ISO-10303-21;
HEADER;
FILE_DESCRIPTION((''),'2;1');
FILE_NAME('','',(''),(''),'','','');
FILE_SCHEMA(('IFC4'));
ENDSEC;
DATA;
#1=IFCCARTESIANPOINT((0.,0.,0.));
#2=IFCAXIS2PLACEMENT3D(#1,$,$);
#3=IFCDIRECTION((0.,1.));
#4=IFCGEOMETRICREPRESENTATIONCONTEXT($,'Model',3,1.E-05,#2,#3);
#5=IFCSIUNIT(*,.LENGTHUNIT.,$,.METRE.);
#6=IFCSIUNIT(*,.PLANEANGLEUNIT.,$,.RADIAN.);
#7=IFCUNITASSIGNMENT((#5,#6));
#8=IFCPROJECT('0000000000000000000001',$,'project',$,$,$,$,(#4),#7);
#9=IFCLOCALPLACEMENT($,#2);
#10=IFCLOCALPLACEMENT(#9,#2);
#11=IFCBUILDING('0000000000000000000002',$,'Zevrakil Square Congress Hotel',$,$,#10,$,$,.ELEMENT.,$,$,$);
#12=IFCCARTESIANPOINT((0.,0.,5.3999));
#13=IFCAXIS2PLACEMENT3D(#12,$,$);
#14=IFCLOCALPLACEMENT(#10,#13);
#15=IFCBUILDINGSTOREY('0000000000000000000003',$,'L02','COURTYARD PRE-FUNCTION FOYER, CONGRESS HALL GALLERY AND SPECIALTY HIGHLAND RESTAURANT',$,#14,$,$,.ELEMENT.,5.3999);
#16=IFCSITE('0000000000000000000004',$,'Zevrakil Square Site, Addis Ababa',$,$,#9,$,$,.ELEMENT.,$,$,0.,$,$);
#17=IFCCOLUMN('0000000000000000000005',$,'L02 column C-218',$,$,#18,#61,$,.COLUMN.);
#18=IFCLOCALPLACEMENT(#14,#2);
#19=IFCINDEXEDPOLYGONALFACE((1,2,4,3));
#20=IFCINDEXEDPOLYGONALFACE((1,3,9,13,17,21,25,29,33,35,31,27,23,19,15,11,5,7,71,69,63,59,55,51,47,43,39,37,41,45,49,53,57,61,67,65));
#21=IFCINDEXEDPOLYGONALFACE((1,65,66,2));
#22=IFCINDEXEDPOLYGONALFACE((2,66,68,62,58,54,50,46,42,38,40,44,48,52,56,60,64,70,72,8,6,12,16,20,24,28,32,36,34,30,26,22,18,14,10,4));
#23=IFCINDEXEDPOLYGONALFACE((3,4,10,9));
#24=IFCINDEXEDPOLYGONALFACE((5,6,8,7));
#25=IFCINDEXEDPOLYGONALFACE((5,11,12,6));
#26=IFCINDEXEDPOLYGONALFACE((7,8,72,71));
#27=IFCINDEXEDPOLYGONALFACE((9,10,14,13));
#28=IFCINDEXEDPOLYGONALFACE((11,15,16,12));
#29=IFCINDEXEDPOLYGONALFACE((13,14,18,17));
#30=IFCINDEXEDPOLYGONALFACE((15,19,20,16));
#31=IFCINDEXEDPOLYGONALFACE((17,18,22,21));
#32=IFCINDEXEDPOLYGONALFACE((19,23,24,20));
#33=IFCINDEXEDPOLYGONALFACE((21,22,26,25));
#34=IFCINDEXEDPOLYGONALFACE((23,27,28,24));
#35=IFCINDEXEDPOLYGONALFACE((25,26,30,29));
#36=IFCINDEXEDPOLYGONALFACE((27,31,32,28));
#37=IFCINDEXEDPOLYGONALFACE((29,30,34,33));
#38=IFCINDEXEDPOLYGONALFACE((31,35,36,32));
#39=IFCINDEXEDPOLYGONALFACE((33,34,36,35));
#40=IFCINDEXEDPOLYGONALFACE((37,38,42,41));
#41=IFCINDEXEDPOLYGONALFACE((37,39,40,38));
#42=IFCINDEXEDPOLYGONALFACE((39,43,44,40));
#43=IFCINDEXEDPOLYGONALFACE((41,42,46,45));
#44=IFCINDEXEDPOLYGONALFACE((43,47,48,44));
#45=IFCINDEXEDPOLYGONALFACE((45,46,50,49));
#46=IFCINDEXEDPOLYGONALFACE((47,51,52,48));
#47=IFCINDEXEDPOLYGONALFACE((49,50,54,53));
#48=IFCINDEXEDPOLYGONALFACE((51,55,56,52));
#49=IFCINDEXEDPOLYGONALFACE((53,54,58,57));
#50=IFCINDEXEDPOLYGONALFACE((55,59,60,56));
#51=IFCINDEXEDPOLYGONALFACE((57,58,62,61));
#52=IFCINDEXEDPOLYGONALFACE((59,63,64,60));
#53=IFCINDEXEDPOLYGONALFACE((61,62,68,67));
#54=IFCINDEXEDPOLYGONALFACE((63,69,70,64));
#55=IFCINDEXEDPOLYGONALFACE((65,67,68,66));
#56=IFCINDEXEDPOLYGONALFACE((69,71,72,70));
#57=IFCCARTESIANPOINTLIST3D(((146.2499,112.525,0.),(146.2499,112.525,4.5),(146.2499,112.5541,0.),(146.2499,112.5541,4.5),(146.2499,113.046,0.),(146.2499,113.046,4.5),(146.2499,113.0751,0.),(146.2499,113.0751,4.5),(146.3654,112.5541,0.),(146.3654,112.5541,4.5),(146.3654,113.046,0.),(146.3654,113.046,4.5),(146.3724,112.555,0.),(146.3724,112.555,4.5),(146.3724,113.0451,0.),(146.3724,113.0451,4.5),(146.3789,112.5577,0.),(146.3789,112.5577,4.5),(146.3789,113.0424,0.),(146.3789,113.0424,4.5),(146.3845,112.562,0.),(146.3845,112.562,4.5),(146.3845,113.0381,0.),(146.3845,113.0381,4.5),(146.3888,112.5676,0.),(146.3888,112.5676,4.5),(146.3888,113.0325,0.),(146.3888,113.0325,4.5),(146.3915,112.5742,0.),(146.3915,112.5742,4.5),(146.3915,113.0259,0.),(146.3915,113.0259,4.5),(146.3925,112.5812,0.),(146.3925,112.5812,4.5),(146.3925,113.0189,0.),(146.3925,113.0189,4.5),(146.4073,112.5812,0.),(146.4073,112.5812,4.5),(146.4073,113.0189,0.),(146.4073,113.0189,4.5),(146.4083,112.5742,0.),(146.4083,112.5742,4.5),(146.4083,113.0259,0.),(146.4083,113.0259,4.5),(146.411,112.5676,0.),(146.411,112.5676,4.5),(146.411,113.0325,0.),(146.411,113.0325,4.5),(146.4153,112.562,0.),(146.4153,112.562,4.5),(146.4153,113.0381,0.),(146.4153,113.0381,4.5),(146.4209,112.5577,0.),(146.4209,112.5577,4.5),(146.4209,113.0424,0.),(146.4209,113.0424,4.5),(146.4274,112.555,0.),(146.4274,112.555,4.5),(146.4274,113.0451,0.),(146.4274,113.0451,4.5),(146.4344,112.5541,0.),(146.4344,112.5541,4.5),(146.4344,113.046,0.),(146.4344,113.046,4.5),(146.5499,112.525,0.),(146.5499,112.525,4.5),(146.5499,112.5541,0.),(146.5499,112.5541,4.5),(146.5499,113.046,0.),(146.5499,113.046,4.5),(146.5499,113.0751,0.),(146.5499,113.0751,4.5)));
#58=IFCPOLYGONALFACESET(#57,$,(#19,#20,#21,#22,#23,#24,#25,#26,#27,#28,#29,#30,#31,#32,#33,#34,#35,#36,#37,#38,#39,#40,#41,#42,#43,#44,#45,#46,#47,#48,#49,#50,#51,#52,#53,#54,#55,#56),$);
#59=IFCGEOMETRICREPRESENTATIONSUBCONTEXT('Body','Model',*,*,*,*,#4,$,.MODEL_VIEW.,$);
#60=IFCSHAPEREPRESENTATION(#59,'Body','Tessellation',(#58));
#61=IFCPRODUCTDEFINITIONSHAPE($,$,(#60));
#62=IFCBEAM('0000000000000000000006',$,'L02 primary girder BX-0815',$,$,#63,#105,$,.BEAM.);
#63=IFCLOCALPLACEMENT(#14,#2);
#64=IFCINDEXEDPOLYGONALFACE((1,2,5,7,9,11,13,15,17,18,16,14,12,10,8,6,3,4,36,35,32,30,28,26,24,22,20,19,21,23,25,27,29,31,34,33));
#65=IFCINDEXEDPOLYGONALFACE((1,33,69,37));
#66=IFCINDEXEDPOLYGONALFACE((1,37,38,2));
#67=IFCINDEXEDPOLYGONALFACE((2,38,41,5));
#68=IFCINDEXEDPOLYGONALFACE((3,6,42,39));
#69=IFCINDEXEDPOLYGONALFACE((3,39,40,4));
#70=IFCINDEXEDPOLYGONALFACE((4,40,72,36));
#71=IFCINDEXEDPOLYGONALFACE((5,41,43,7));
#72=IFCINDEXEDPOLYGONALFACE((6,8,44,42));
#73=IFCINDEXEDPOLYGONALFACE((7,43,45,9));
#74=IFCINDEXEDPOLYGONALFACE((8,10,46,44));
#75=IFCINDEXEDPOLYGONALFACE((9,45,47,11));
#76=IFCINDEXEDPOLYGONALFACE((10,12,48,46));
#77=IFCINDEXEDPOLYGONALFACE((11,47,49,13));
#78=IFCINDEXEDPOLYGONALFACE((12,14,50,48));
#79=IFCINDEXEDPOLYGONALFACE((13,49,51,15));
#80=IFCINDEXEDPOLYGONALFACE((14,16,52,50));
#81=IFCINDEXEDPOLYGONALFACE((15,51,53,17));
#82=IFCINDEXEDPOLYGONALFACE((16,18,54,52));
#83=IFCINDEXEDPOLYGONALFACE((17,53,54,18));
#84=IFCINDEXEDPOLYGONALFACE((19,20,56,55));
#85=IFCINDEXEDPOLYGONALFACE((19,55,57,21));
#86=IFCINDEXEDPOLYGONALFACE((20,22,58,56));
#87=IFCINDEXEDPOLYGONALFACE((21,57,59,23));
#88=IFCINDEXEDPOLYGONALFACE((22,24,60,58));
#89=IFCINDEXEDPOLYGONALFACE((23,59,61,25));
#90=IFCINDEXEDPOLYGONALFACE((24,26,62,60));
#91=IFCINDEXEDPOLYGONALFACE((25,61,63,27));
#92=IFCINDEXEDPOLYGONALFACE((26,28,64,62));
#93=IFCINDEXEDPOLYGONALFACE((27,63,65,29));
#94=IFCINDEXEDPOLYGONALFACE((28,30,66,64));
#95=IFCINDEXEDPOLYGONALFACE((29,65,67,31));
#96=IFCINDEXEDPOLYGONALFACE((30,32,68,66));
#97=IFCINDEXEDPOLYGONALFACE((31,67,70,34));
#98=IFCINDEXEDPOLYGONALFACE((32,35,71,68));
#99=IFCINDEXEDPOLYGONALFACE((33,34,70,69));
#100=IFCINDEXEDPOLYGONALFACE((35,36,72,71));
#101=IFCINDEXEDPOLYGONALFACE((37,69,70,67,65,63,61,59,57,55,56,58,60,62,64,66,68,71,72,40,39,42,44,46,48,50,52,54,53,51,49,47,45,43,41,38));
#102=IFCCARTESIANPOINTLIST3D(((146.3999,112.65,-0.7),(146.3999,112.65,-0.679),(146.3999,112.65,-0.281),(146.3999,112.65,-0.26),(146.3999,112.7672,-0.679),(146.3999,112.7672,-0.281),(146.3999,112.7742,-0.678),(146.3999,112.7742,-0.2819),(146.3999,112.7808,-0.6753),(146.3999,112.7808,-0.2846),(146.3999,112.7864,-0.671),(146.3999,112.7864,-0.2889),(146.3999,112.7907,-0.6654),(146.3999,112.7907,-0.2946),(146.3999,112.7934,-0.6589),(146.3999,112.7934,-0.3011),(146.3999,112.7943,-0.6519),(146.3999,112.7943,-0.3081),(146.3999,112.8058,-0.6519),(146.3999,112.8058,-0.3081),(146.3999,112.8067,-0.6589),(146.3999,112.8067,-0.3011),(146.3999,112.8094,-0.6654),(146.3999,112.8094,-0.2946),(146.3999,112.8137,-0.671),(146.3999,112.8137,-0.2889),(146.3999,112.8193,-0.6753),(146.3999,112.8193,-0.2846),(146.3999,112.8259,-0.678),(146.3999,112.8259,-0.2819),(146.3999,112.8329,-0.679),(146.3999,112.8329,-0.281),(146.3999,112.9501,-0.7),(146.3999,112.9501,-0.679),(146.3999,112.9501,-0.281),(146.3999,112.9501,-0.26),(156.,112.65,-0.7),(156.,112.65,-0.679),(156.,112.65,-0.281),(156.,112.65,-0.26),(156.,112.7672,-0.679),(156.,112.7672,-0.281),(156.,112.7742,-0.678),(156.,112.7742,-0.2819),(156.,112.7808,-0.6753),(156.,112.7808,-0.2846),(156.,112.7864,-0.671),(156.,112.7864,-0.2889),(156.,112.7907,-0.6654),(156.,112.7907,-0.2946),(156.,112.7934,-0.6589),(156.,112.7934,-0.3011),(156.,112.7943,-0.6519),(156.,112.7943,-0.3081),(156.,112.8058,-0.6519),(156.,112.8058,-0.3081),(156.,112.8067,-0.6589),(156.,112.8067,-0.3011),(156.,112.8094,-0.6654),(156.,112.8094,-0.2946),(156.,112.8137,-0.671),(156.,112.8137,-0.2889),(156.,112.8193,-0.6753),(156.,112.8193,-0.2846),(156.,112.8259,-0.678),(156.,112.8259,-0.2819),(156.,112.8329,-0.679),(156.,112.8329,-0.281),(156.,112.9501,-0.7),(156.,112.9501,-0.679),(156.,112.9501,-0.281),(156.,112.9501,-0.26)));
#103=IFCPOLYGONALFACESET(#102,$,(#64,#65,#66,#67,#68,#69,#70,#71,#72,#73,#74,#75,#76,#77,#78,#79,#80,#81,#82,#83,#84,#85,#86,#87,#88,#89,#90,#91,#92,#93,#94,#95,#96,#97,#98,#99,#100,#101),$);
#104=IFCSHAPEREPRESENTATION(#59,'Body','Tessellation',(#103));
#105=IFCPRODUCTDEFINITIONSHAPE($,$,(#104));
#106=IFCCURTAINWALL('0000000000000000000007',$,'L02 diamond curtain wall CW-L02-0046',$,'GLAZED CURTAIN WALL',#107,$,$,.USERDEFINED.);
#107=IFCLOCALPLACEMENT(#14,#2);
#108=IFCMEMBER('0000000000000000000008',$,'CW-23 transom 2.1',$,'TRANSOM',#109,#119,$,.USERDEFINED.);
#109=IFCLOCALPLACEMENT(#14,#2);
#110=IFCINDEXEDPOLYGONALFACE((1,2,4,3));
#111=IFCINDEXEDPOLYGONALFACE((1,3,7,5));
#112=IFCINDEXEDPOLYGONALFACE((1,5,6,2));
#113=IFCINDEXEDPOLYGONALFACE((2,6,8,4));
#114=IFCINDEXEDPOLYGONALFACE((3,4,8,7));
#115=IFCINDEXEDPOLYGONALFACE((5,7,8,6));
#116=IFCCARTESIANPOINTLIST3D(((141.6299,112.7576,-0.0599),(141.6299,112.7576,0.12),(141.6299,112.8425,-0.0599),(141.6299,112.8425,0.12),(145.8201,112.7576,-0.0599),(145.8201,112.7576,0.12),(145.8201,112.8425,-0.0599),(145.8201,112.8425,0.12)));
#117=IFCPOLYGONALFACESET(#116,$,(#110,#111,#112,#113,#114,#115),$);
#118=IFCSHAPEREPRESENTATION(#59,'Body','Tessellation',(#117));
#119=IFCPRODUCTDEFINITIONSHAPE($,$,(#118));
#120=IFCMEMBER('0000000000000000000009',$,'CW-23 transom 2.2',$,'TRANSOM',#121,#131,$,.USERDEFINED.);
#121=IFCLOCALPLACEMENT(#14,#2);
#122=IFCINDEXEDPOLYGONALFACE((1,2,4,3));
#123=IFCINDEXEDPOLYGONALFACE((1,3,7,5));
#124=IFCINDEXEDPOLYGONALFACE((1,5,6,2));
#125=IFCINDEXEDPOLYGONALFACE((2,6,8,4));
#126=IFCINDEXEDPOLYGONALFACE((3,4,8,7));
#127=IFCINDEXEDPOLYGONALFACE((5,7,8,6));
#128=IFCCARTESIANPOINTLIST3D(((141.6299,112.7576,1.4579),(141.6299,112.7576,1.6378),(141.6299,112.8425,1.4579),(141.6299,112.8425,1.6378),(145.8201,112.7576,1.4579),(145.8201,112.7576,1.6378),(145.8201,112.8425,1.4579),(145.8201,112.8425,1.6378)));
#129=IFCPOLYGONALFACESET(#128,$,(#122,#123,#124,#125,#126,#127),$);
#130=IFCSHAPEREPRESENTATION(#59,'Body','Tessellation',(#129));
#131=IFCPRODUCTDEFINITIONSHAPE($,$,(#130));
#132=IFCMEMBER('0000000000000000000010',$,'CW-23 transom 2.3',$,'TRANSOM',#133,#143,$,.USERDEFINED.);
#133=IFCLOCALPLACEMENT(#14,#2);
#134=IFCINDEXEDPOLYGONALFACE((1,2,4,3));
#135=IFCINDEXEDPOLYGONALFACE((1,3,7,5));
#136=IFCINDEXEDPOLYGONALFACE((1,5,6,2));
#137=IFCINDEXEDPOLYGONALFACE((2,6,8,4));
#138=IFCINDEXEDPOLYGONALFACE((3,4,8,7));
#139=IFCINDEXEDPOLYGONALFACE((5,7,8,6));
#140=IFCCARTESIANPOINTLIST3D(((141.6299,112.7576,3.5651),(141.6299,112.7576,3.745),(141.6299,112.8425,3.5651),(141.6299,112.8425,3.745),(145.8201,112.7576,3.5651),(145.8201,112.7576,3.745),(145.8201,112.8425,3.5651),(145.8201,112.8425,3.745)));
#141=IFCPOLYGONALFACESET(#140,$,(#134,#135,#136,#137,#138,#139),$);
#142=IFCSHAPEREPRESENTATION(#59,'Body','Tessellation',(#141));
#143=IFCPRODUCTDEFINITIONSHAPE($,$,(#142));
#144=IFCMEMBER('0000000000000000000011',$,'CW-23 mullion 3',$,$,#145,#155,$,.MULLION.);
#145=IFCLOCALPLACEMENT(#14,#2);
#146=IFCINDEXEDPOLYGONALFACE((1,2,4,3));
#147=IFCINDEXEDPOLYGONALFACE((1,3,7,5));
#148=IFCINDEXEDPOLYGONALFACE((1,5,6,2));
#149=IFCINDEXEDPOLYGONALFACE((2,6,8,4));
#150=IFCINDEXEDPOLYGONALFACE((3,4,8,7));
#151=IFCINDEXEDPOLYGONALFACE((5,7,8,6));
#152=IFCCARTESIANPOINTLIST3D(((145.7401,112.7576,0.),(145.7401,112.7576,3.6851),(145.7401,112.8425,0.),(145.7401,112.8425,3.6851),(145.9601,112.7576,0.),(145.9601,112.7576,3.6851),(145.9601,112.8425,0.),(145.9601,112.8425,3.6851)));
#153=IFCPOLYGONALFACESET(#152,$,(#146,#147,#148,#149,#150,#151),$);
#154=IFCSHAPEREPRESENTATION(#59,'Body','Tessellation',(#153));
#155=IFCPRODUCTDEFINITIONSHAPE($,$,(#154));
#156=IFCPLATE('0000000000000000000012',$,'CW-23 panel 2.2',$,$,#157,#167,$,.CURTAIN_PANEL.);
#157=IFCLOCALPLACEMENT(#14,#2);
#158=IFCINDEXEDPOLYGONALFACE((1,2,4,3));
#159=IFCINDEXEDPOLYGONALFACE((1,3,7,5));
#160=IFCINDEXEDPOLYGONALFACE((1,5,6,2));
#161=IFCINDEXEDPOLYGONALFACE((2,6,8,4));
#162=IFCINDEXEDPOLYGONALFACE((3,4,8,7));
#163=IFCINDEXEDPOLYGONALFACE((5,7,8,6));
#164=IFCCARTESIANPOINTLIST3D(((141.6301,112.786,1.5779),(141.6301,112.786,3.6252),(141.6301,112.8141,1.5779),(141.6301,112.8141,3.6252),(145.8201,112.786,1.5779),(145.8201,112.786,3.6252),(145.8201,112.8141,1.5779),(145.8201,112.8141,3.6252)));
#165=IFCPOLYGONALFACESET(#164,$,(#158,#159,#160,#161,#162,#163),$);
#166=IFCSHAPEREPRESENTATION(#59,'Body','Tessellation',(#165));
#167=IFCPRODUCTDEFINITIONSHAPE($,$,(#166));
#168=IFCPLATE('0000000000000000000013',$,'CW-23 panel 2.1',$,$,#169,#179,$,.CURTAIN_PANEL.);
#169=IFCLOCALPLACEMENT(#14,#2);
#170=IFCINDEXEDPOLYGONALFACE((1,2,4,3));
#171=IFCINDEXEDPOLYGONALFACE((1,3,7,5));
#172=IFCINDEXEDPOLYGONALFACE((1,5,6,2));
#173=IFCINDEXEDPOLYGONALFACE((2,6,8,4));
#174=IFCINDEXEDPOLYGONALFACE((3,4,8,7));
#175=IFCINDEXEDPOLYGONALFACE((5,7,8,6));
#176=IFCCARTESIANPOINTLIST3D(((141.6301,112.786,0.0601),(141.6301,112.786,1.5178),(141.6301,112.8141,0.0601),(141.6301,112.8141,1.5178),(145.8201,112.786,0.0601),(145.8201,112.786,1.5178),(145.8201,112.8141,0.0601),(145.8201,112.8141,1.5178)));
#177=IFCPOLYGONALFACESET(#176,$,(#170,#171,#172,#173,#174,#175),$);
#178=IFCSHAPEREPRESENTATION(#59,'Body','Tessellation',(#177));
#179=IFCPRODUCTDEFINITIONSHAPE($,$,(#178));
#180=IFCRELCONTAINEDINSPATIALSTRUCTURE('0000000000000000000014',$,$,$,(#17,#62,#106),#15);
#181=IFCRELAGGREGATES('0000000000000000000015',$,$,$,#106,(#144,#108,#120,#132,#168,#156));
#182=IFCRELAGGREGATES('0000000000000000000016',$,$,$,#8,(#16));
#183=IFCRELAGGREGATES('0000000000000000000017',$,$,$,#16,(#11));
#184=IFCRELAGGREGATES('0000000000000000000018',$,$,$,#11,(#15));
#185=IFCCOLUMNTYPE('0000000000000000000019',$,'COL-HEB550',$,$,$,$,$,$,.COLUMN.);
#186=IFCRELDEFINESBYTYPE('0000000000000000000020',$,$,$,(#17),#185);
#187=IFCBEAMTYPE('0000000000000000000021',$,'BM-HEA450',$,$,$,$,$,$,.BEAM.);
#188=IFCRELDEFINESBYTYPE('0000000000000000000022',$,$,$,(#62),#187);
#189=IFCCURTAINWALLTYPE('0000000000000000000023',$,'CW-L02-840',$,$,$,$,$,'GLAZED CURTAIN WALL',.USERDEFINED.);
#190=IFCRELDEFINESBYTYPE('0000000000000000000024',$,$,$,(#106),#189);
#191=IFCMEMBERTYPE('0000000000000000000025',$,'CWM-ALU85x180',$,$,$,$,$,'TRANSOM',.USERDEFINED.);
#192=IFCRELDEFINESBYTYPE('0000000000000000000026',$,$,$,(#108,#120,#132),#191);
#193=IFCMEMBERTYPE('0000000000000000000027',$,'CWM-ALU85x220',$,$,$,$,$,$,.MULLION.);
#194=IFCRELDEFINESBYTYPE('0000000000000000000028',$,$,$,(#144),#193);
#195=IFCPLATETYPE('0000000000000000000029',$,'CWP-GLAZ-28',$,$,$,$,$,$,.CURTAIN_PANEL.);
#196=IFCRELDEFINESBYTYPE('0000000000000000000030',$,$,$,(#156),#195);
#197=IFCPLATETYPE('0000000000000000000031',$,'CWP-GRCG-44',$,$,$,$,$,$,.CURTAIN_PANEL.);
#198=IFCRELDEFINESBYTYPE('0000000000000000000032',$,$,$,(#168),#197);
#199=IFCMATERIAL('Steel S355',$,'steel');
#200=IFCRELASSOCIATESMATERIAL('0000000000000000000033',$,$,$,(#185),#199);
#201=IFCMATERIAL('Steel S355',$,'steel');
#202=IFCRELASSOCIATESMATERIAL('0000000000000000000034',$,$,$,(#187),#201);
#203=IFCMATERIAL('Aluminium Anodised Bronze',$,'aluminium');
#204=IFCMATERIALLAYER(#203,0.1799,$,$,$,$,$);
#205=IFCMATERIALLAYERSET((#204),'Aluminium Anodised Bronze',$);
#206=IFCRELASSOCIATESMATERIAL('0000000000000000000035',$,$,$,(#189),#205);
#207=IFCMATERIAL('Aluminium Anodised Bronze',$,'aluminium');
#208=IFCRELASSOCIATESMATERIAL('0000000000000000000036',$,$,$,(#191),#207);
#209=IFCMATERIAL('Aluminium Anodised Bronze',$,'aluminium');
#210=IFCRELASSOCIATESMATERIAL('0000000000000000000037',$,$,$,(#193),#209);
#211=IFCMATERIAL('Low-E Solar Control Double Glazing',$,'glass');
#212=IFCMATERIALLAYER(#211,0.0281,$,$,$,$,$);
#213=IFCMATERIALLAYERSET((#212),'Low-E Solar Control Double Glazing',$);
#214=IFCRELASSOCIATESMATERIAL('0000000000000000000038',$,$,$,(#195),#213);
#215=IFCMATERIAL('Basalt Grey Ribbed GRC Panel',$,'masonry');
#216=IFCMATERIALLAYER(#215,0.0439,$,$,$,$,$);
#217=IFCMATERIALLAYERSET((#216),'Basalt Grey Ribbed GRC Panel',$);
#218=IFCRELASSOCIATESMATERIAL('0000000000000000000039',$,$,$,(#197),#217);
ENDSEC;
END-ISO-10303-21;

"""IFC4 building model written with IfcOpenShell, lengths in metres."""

from ifc_helpers import new_model, si_unit, direction, frame, origin, origin_2d, place, context, subcontext, project, spatial, rectangle, i_section, extrude, material, layer, layer_set, material_profile, profile_set, type_object, element, aggregate, save


model = new_model("IFC4")

# Units and contexts
model_context = context("Model", 3, precision=1e-05, world=origin(), true_north=direction((0.0, 1.0)))
body_context = subcontext(model_context, "Body", "Model", "MODEL_VIEW")
ifc_project = project(units=[si_unit("LENGTHUNIT", "METRE"), si_unit("PLANEANGLEUNIT", "RADIAN")], contexts=[model_context])

# Site, building, storey
site_placement = place(None, origin())
site = spatial("IfcSite", under=ifc_project, at=site_placement, Name="Zevrakil Square Site, Addis Ababa", CompositionType="ELEMENT", RefElevation=0.0)
building_placement = place(site_placement, origin())
building = spatial("IfcBuilding", under=site, at=building_placement, Name="Zevrakil Square Congress Hotel", CompositionType="ELEMENT")
storey_placement = place(building_placement, frame((0.0, 0.0, 5.3999)))
storey = spatial("IfcBuildingStorey", under=building, at=storey_placement, Name="L02", Description="COURTYARD PRE-FUNCTION FOYER, CONGRESS HALL GALLERY AND SPECIALTY HIGHLAND RESTAURANT", CompositionType="ELEMENT", Elevation=5.3999)

# Column
ifc_material_1 = material(Name="Steel S355", Category="steel")
ifc_material_profile_1 = material_profile(ifc_material_1, i_section(OverallWidth=0.3, OverallDepth=0.55, WebThickness=0.0149, FlangeThickness=0.0291, FilletRadius=0.0271, at=origin_2d()), Name="HEB 550")
ifc_profile_set_1 = profile_set([ifc_material_profile_1], Name="Steel S355")
column_type = type_object("IfcColumnType", Name="COL-HEB550", PredefinedType="COLUMN", material=ifc_profile_set_1)
column_placement = place(storey_placement, frame((146.3999, 112.8, 0.0), z_axis=(0.0, 0.0, 1.0), x_axis=(1.0, 0.0, 0.0)))
element("IfcColumn", 1, at=column_placement, inside=storey, type_object=column_type, Name="L02 column C-218", PredefinedType="COLUMN", context=body_context, shape_type="SweptSolid", body=[
    extrude(i_section(OverallWidth=0.3, OverallDepth=0.55, WebThickness=0.0149, FlangeThickness=0.0291, FilletRadius=0.0271, at=origin_2d()), origin(), (0.0, 0.0, 1.0), 4.5),
])

# Beam
ifc_material_2 = material(Name="Steel S355", Category="steel")
ifc_material_profile_2 = material_profile(ifc_material_2, i_section(OverallWidth=0.3, OverallDepth=0.4399, WebThickness=0.0115, FlangeThickness=0.021, FilletRadius=0.0271, at=origin_2d()), Name="HEA 450")
ifc_profile_set_2 = profile_set([ifc_material_profile_2], Name="Steel S355")
beam_type = type_object("IfcBeamType", Name="BM-HEA450", PredefinedType="BEAM", material=ifc_profile_set_2)
beam_placement = place(storey_placement, frame((146.3999, 112.8, -0.48), z_axis=(1.0, 0.0, 0.0), x_axis=(0.0, 1.0, 0.0)))
element("IfcBeam", 2, at=beam_placement, inside=storey, type_object=beam_type, Name="L02 primary girder BX-0815", PredefinedType="BEAM", context=body_context, shape_type="SweptSolid", body=[
    extrude(i_section(OverallWidth=0.3, OverallDepth=0.4399, WebThickness=0.0115, FlangeThickness=0.021, FilletRadius=0.0271, at=origin_2d()), origin(), (0.0, 0.0, 1.0), 9.6001),
])

# Curtain wall, members, plates
ifc_material_3 = material(Name="Aluminium Anodised Bronze", Category="aluminium")
ifc_layer_1 = layer(ifc_material_3, 0.1799)
ifc_layer_set_1 = layer_set([ifc_layer_1], Name="Aluminium Anodised Bronze")
curtain_wall_type = type_object("IfcCurtainWallType", Name="CW-L02-840", ElementType="GLAZED CURTAIN WALL", PredefinedType="USERDEFINED", material=ifc_layer_set_1)
curtain_wall_placement = place(storey_placement, origin())
curtain_wall = element("IfcCurtainWall", 3, at=curtain_wall_placement, inside=storey, type_object=curtain_wall_type, Name="L02 diamond curtain wall CW-L02-0046", ObjectType="GLAZED CURTAIN WALL", PredefinedType="USERDEFINED")
ifc_material_4 = material(Name="Aluminium Anodised Bronze", Category="aluminium")
ifc_material_profile_3 = material_profile(ifc_material_4, rectangle(XDim=0.085, YDim=0.1799, at=origin_2d()), Name="ALU 85x180")
ifc_profile_set_3 = profile_set([ifc_material_profile_3], Name="Aluminium Anodised Bronze")
member_type_1 = type_object("IfcMemberType", Name="CWM-ALU85x180", ElementType="TRANSOM", PredefinedType="USERDEFINED", material=ifc_profile_set_3)
member_1_placement = place(storey_placement, frame((141.6299, 112.8, 0.03), z_axis=(1.0, 0.0, 0.0), x_axis=(0.0, 1.0, 0.0)))
member_1 = element("IfcMember", 4, at=member_1_placement, type_object=member_type_1, Name="CW-23 transom 2.1", ObjectType="TRANSOM", PredefinedType="USERDEFINED", context=body_context, shape_type="SweptSolid", body=[
    extrude(rectangle(XDim=0.085, YDim=0.1799, at=origin_2d()), origin(), (0.0, 0.0, 1.0), 4.1902),
])
member_2_placement = place(storey_placement, frame((141.6299, 112.8, 1.5479), z_axis=(1.0, 0.0, 0.0), x_axis=(0.0, 1.0, 0.0)))
member_2 = element("IfcMember", 5, at=member_2_placement, type_object=member_type_1, Name="CW-23 transom 2.2", ObjectType="TRANSOM", PredefinedType="USERDEFINED", context=body_context, shape_type="SweptSolid", body=[
    extrude(rectangle(XDim=0.085, YDim=0.1799, at=origin_2d()), origin(), (0.0, 0.0, 1.0), 4.1902),
])
member_3_placement = place(storey_placement, frame((141.6299, 112.8, 3.655), z_axis=(1.0, 0.0, 0.0), x_axis=(0.0, 1.0, 0.0)))
member_3 = element("IfcMember", 6, at=member_3_placement, type_object=member_type_1, Name="CW-23 transom 2.3", ObjectType="TRANSOM", PredefinedType="USERDEFINED", context=body_context, shape_type="SweptSolid", body=[
    extrude(rectangle(XDim=0.085, YDim=0.1799, at=origin_2d()), origin(), (0.0, 0.0, 1.0), 4.1902),
])
ifc_material_5 = material(Name="Aluminium Anodised Bronze", Category="aluminium")
ifc_material_profile_4 = material_profile(ifc_material_5, rectangle(XDim=0.085, YDim=0.22, at=origin_2d()), Name="ALU 85x220")
ifc_profile_set_4 = profile_set([ifc_material_profile_4], Name="Aluminium Anodised Bronze")
member_type_2 = type_object("IfcMemberType", Name="CWM-ALU85x220", PredefinedType="MULLION", material=ifc_profile_set_4)
member_4_placement = place(storey_placement, frame((145.8501, 112.8, 0.0), z_axis=(0.0, 0.0, 1.0), x_axis=(0.0, 1.0, 0.0)))
member_4 = element("IfcMember", 7, at=member_4_placement, type_object=member_type_2, Name="CW-23 mullion 3", PredefinedType="MULLION", context=body_context, shape_type="SweptSolid", body=[
    extrude(rectangle(XDim=0.085, YDim=0.22, at=origin_2d()), origin(), (0.0, 0.0, 1.0), 3.6851),
])
ifc_material_6 = material(Name="Low-E Solar Control Double Glazing", Category="glass")
ifc_layer_2 = layer(ifc_material_6, 0.0281)
ifc_layer_set_2 = layer_set([ifc_layer_2], Name="Low-E Solar Control Double Glazing")
plate_type_1 = type_object("IfcPlateType", Name="CWP-GLAZ-28", PredefinedType="CURTAIN_PANEL", material=ifc_layer_set_2)
plate_1_placement = place(storey_placement, frame((143.7251, 112.8, 1.5779), z_axis=(0.0, 0.0, 1.0), x_axis=(1.0, 0.0, 0.0)))
plate_1 = element("IfcPlate", 8, at=plate_1_placement, type_object=plate_type_1, Name="CW-23 panel 2.2", PredefinedType="CURTAIN_PANEL", context=body_context, shape_type="SweptSolid", body=[
    extrude(rectangle(XDim=4.1899, YDim=0.0281, at=origin_2d()), origin(), (0.0, 0.0, 1.0), 2.0474),
])
ifc_material_7 = material(Name="Basalt Grey Ribbed GRC Panel", Category="masonry")
ifc_layer_3 = layer(ifc_material_7, 0.0439)
ifc_layer_set_3 = layer_set([ifc_layer_3], Name="Basalt Grey Ribbed GRC Panel")
plate_type_2 = type_object("IfcPlateType", Name="CWP-GRCG-44", PredefinedType="CURTAIN_PANEL", material=ifc_layer_set_3)
plate_2_placement = place(storey_placement, frame((143.7251, 112.8, 0.0601), z_axis=(0.0, 0.0, 1.0), x_axis=(1.0, 0.0, 0.0)))
plate_2 = element("IfcPlate", 9, at=plate_2_placement, type_object=plate_type_2, Name="CW-23 panel 2.1", PredefinedType="CURTAIN_PANEL", context=body_context, shape_type="SweptSolid", body=[
    extrude(rectangle(XDim=4.1899, YDim=0.0281, at=origin_2d()), origin(), (0.0, 0.0, 1.0), 1.4578),
])
aggregate(curtain_wall, [member_4, member_1, member_2, member_3, plate_2, plate_1])

save(model, "model.ifc")
